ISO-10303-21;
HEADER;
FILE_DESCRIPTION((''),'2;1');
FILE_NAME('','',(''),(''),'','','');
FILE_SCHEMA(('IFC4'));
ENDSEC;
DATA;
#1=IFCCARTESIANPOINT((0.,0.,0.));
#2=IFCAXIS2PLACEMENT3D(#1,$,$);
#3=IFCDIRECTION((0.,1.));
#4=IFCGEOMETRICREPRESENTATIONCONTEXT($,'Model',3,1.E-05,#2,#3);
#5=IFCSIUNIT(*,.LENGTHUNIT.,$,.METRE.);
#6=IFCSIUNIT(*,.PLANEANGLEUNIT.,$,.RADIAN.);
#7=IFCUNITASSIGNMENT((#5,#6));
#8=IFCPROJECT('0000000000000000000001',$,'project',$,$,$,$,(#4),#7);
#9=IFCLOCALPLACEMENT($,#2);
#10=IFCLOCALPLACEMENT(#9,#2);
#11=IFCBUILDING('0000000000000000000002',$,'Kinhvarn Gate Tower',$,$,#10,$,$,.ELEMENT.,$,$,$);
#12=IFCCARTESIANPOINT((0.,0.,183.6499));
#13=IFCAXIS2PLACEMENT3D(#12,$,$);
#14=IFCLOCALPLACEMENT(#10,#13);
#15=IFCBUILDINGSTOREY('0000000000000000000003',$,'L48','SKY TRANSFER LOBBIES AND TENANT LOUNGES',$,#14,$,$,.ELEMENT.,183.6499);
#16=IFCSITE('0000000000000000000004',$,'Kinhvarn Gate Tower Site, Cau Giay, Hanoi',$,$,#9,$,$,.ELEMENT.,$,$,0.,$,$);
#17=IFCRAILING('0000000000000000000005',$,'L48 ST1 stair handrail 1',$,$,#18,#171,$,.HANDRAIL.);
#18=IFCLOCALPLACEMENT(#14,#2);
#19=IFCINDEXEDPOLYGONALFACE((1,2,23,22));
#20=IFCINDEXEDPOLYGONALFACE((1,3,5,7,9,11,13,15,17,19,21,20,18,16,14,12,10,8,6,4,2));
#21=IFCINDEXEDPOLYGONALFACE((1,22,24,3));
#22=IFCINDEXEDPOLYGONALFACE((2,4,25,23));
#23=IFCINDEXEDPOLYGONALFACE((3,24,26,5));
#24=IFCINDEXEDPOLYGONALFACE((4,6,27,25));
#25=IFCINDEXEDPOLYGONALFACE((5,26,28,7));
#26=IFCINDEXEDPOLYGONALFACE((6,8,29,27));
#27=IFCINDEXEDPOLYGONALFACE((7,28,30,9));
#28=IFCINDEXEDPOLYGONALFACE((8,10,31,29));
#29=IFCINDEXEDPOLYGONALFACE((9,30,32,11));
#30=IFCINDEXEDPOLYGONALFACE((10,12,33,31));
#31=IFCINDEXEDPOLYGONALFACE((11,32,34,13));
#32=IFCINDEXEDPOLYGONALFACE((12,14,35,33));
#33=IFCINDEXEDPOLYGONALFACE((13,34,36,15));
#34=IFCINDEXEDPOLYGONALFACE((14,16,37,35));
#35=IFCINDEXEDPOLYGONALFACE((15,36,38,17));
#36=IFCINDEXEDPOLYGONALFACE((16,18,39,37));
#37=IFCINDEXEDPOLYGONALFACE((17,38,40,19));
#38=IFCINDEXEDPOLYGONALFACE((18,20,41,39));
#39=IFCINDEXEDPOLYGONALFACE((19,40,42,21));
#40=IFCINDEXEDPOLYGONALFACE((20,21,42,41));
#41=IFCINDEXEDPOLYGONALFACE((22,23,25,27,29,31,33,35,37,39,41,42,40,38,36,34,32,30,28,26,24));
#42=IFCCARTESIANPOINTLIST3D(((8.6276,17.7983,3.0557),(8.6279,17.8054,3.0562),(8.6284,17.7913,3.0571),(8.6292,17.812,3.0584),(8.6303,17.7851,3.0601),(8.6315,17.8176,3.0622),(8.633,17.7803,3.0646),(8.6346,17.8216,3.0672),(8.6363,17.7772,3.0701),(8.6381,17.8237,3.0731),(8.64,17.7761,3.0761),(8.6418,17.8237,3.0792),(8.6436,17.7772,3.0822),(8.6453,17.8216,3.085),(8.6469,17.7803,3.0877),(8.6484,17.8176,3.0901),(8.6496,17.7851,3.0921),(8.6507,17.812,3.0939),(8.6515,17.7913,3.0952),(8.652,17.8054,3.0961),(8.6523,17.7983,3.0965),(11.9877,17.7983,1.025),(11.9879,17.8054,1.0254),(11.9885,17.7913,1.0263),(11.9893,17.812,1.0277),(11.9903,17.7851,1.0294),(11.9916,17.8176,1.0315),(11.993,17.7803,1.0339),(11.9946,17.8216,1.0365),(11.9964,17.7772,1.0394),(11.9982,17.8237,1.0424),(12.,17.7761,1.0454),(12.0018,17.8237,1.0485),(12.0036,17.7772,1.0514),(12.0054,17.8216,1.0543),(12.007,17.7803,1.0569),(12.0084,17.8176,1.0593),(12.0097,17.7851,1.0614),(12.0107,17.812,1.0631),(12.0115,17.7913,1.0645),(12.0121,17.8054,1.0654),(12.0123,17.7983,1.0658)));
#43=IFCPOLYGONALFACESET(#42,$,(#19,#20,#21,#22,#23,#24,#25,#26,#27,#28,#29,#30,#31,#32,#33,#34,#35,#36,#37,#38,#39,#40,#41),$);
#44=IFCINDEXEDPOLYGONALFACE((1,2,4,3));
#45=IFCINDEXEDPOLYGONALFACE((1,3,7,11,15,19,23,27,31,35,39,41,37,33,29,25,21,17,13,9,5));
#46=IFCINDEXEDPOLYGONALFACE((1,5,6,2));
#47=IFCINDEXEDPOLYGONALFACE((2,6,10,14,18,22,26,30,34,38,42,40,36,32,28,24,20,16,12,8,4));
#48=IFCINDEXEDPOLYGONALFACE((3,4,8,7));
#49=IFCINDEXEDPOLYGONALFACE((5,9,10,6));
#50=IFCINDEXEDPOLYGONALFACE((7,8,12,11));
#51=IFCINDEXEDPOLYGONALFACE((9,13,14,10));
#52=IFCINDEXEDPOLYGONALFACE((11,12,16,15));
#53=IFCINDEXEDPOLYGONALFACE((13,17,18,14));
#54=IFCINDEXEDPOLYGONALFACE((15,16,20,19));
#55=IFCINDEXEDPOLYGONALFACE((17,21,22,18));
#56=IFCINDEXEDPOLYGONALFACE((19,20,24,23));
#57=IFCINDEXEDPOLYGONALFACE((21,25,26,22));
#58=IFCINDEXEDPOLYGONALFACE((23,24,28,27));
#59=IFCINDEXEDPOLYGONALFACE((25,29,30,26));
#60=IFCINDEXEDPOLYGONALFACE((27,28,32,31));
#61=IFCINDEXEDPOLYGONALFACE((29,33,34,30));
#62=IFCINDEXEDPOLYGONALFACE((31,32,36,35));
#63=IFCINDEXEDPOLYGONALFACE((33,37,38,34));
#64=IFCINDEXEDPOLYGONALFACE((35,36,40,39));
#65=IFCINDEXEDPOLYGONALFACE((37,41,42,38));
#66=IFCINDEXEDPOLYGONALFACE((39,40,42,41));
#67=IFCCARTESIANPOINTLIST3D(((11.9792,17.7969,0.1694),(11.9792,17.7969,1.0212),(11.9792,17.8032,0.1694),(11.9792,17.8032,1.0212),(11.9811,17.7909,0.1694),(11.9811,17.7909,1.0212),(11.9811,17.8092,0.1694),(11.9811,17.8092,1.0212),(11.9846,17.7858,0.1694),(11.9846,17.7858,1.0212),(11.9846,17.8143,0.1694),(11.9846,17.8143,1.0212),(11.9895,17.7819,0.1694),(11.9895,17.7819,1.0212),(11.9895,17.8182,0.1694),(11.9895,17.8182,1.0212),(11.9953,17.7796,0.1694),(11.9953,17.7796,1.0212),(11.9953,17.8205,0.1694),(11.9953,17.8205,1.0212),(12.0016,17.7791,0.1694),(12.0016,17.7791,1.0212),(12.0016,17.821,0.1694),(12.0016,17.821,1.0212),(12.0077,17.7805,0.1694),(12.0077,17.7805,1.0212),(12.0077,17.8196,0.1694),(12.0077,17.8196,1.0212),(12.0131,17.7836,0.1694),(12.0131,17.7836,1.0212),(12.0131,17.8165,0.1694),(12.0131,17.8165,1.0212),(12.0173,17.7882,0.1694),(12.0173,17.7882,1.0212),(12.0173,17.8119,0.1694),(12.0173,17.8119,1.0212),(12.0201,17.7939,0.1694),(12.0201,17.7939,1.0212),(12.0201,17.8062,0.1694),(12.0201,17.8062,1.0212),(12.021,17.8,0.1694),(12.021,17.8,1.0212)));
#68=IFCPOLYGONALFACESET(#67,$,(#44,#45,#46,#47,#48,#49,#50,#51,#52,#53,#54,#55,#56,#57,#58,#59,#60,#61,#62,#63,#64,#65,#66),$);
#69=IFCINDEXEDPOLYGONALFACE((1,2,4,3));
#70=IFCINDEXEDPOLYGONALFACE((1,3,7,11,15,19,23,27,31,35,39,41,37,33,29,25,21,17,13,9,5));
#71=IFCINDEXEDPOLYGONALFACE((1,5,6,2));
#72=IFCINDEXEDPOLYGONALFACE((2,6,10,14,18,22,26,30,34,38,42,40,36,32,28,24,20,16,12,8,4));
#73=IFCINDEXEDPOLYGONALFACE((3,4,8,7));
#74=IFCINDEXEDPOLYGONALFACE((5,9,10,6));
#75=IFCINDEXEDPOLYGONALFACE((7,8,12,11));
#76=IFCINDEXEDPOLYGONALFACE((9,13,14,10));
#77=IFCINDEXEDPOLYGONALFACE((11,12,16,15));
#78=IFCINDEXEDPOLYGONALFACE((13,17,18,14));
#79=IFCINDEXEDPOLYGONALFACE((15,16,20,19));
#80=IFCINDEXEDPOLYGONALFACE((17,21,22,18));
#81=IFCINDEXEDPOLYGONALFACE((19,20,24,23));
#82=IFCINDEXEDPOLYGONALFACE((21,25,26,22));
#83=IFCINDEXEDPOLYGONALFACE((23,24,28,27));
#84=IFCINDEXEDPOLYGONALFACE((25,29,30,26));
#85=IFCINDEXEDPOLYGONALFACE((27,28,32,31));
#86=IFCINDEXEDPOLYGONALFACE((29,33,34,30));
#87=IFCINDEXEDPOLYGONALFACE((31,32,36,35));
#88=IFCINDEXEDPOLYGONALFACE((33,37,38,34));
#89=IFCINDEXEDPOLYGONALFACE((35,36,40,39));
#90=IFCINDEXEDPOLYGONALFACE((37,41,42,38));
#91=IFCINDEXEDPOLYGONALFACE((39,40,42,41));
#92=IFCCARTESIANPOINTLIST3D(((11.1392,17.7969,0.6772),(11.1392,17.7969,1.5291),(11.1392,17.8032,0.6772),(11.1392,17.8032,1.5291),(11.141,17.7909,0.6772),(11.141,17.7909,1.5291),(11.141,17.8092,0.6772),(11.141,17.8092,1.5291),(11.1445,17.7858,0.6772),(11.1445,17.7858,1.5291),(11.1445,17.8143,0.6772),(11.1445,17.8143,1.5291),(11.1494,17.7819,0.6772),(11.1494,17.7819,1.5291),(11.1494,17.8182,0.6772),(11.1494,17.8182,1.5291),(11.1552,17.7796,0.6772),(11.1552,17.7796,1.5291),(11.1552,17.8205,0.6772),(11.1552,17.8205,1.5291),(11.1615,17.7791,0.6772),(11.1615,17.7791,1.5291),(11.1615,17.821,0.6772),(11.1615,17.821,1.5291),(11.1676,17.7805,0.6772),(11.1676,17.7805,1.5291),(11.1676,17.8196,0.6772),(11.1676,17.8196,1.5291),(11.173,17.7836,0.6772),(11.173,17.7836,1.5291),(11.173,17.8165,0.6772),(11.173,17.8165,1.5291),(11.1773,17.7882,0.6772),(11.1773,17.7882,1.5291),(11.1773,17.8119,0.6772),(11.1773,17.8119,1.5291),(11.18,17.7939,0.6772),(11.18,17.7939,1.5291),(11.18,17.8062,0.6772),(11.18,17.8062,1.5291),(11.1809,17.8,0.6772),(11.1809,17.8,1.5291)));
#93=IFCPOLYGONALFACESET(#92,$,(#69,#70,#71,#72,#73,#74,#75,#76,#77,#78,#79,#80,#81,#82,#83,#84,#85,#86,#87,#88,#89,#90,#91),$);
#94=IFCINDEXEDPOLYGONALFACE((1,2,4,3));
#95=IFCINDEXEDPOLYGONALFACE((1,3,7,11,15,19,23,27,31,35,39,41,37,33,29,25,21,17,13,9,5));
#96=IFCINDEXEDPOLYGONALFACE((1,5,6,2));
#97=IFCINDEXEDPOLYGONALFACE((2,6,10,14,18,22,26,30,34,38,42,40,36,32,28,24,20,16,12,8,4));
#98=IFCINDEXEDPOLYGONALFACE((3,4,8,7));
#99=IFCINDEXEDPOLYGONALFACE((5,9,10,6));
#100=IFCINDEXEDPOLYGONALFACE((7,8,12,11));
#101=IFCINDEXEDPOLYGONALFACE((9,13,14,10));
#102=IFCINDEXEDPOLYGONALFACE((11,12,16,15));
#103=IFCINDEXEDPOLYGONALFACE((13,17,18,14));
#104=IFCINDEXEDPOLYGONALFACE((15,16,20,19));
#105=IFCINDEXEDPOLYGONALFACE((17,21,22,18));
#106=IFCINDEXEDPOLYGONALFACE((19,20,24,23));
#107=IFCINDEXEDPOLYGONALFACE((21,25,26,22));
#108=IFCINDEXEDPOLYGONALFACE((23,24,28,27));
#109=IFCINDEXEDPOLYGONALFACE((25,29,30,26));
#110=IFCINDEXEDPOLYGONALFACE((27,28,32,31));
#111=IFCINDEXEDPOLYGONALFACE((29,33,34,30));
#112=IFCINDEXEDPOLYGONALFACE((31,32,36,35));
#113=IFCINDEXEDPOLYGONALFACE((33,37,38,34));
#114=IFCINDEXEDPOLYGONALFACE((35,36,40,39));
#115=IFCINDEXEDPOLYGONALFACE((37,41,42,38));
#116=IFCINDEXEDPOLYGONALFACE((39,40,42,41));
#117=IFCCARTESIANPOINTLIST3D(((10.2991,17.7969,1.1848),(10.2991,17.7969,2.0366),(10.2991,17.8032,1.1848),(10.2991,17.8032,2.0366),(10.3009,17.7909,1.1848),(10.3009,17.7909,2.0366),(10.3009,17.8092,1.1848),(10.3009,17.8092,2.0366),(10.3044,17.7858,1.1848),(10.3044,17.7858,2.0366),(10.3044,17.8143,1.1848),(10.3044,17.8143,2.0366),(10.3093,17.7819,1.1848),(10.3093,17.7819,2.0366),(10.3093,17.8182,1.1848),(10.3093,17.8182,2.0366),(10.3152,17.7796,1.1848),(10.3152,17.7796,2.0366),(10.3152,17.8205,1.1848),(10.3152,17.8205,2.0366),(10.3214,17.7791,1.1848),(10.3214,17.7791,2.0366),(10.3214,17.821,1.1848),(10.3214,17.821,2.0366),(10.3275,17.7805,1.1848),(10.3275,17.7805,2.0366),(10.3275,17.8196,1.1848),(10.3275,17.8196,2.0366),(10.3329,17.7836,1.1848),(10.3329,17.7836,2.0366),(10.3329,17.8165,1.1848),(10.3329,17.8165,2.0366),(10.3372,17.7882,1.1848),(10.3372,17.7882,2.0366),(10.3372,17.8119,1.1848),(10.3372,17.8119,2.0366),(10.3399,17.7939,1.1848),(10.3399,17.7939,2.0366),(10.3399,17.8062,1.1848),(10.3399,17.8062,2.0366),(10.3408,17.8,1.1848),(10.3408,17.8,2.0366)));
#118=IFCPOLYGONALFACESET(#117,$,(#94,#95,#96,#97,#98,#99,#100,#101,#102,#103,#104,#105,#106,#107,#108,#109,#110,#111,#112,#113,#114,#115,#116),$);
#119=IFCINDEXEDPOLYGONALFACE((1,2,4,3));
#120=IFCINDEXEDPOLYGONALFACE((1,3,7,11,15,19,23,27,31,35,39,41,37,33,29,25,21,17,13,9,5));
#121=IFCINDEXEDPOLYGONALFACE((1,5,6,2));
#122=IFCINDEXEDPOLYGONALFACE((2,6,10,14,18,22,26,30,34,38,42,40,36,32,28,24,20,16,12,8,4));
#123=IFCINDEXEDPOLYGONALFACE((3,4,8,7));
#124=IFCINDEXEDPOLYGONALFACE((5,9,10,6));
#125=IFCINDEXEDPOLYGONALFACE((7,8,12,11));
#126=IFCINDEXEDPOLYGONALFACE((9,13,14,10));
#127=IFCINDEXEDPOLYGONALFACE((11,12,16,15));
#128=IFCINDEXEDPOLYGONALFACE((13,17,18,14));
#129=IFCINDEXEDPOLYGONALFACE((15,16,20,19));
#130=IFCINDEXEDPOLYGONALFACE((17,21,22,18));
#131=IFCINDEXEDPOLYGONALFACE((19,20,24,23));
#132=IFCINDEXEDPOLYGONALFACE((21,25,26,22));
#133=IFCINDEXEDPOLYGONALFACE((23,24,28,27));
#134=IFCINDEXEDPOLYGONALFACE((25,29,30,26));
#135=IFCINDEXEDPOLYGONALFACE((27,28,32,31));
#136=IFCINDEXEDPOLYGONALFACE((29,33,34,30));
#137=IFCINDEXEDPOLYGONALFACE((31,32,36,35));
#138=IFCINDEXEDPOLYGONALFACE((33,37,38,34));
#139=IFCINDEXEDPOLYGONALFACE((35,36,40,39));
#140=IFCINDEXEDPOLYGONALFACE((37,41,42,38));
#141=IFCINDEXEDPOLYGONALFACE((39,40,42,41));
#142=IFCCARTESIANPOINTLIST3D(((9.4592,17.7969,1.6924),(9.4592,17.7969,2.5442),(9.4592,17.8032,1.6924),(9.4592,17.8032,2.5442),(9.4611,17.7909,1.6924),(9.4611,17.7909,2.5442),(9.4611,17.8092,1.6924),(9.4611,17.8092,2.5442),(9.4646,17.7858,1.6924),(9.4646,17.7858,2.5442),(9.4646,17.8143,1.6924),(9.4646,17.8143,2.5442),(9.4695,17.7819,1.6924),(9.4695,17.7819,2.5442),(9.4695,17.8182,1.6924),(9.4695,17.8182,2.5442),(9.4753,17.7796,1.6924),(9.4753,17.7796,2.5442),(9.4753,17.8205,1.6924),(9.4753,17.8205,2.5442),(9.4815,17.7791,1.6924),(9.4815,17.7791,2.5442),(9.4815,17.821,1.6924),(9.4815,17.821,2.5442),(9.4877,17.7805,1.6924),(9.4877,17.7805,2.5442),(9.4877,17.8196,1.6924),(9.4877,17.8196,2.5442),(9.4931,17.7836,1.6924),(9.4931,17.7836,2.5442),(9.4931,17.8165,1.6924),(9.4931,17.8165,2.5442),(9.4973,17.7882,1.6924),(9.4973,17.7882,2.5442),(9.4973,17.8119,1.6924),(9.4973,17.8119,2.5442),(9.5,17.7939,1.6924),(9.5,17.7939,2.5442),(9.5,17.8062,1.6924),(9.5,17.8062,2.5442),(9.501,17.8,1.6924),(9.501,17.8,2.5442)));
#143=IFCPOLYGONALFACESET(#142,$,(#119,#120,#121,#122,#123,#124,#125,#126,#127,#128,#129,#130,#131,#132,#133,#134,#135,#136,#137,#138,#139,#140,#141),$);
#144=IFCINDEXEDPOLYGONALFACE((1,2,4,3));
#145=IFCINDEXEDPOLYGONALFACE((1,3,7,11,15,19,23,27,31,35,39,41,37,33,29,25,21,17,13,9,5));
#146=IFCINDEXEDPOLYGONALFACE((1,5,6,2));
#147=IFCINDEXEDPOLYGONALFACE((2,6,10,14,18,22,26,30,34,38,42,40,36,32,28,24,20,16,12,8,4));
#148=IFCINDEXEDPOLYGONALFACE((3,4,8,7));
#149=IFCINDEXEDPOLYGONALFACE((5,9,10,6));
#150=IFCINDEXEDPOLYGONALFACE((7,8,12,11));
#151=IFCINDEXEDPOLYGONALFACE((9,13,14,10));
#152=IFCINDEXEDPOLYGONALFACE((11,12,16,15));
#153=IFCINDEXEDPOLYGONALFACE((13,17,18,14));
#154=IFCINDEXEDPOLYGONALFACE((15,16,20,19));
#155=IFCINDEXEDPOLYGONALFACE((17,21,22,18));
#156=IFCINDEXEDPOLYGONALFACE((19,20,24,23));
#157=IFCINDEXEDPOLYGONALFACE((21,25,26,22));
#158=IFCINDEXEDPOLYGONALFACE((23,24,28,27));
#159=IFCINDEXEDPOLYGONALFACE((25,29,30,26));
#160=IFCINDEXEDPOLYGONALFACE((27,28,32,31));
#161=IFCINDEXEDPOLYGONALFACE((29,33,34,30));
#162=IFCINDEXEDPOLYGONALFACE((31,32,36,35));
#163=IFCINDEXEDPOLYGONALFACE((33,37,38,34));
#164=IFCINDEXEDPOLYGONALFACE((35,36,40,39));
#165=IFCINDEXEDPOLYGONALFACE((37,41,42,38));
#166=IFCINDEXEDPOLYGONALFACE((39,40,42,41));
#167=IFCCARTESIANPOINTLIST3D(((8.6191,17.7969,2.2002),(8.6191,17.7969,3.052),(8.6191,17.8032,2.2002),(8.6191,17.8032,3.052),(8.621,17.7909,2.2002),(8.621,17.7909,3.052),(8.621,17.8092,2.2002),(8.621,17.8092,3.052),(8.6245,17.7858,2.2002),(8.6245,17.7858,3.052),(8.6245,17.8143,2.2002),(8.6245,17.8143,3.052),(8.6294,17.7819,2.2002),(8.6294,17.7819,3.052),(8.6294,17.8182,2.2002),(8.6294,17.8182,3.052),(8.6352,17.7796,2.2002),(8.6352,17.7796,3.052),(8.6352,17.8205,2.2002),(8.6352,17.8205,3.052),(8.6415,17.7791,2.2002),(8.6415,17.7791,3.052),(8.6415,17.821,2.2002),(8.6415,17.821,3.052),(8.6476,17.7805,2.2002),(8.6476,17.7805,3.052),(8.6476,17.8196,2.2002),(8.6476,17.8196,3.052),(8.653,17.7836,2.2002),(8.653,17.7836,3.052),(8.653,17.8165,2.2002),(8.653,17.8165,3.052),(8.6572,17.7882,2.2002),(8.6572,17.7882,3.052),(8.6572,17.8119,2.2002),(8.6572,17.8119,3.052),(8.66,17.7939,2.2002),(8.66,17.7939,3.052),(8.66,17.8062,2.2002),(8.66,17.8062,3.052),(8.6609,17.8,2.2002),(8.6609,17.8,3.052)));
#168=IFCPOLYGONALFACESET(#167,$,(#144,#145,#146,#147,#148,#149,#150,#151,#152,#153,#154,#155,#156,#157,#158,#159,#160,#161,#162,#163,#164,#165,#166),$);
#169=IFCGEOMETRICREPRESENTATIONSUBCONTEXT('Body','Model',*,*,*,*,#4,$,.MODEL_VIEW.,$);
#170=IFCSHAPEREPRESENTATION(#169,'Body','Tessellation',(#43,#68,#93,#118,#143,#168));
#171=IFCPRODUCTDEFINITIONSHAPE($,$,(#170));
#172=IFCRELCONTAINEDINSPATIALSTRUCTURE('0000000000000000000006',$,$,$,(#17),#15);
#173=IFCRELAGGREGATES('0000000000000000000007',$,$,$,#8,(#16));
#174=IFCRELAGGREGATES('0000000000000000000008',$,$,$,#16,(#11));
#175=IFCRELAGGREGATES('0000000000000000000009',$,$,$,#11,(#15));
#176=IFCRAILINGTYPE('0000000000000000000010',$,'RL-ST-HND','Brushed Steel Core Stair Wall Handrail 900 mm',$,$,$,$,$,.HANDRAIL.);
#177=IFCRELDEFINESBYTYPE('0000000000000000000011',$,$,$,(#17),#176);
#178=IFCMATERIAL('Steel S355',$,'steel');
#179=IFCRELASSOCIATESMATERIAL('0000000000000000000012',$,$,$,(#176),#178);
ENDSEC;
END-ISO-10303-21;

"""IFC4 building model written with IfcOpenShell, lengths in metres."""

from ifc_helpers import new_model, si_unit, direction, frame, origin, origin_2d, place, context, subcontext, project, spatial, circle, extrude, material, type_object, element, save


model = new_model("IFC4")

# Units and contexts
model_context = context("Model", 3, precision=1e-05, world=origin(), true_north=direction((0.0, 1.0)))
body_context = subcontext(model_context, "Body", "Model", "MODEL_VIEW")
ifc_project = project(units=[si_unit("LENGTHUNIT", "METRE"), si_unit("PLANEANGLEUNIT", "RADIAN")], contexts=[model_context])

# Site, building, storey
site_placement = place(None, origin())
site = spatial("IfcSite", under=ifc_project, at=site_placement, Name="Kinhvarn Gate Tower Site, Cau Giay, Hanoi", CompositionType="ELEMENT", RefElevation=0.0)
building_placement = place(site_placement, origin())
building = spatial("IfcBuilding", under=site, at=building_placement, Name="Kinhvarn Gate Tower", CompositionType="ELEMENT")
storey_placement = place(building_placement, frame((0.0, 0.0, 183.6499)))
storey = spatial("IfcBuildingStorey", under=building, at=storey_placement, Name="L48", Description="SKY TRANSFER LOBBIES AND TENANT LOUNGES", CompositionType="ELEMENT", Elevation=183.6499)

# Shared definitions
ifc_material_1 = material(Name="Steel S355", Category="steel")

# Railing
railing_type_1 = type_object("IfcRailingType", Name="RL-ST-HND", Description="Brushed Steel Core Stair Wall Handrail 900 mm", PredefinedType="HANDRAIL", material=ifc_material_1)
railing_1_placement = place(storey_placement, frame((12.0, 17.8, 0.1694)))
element("IfcRailing", 1, at=railing_1_placement, inside=storey, type_object=railing_type_1, Name="L48 ST1 stair handrail 1", PredefinedType="HANDRAIL", context=body_context, shape_type="SweptSolid", body=[
    extrude(circle(Radius=0.0239, at=origin_2d()), frame((0.0, 0.0, 0.876), z_axis=(-0.855837, 0.0, 0.517246), x_axis=(0.0, -1.0, 0.0)), (0.0, 0.0, 1.0), 3.926),
    extrude(circle(Radius=0.021, at=origin_2d()), origin(), (0.0, 0.0, 1.0), 0.8518),
    extrude(circle(Radius=0.021, at=origin_2d()), frame((-0.8401, 0.0, 0.5078)), (0.0, 0.0, 1.0), 0.8518),
    extrude(circle(Radius=0.021, at=origin_2d()), frame((-1.6802, 0.0, 1.0154)), (0.0, 0.0, 1.0), 0.8518),
    extrude(circle(Radius=0.021, at=origin_2d()), frame((-2.52, 0.0, 1.5229)), (0.0, 0.0, 1.0), 0.8518),
    extrude(circle(Radius=0.021, at=origin_2d()), frame((-3.3601, 0.0, 2.0308)), (0.0, 0.0, 1.0), 0.8518),
])

save(model, "model.ifc")
